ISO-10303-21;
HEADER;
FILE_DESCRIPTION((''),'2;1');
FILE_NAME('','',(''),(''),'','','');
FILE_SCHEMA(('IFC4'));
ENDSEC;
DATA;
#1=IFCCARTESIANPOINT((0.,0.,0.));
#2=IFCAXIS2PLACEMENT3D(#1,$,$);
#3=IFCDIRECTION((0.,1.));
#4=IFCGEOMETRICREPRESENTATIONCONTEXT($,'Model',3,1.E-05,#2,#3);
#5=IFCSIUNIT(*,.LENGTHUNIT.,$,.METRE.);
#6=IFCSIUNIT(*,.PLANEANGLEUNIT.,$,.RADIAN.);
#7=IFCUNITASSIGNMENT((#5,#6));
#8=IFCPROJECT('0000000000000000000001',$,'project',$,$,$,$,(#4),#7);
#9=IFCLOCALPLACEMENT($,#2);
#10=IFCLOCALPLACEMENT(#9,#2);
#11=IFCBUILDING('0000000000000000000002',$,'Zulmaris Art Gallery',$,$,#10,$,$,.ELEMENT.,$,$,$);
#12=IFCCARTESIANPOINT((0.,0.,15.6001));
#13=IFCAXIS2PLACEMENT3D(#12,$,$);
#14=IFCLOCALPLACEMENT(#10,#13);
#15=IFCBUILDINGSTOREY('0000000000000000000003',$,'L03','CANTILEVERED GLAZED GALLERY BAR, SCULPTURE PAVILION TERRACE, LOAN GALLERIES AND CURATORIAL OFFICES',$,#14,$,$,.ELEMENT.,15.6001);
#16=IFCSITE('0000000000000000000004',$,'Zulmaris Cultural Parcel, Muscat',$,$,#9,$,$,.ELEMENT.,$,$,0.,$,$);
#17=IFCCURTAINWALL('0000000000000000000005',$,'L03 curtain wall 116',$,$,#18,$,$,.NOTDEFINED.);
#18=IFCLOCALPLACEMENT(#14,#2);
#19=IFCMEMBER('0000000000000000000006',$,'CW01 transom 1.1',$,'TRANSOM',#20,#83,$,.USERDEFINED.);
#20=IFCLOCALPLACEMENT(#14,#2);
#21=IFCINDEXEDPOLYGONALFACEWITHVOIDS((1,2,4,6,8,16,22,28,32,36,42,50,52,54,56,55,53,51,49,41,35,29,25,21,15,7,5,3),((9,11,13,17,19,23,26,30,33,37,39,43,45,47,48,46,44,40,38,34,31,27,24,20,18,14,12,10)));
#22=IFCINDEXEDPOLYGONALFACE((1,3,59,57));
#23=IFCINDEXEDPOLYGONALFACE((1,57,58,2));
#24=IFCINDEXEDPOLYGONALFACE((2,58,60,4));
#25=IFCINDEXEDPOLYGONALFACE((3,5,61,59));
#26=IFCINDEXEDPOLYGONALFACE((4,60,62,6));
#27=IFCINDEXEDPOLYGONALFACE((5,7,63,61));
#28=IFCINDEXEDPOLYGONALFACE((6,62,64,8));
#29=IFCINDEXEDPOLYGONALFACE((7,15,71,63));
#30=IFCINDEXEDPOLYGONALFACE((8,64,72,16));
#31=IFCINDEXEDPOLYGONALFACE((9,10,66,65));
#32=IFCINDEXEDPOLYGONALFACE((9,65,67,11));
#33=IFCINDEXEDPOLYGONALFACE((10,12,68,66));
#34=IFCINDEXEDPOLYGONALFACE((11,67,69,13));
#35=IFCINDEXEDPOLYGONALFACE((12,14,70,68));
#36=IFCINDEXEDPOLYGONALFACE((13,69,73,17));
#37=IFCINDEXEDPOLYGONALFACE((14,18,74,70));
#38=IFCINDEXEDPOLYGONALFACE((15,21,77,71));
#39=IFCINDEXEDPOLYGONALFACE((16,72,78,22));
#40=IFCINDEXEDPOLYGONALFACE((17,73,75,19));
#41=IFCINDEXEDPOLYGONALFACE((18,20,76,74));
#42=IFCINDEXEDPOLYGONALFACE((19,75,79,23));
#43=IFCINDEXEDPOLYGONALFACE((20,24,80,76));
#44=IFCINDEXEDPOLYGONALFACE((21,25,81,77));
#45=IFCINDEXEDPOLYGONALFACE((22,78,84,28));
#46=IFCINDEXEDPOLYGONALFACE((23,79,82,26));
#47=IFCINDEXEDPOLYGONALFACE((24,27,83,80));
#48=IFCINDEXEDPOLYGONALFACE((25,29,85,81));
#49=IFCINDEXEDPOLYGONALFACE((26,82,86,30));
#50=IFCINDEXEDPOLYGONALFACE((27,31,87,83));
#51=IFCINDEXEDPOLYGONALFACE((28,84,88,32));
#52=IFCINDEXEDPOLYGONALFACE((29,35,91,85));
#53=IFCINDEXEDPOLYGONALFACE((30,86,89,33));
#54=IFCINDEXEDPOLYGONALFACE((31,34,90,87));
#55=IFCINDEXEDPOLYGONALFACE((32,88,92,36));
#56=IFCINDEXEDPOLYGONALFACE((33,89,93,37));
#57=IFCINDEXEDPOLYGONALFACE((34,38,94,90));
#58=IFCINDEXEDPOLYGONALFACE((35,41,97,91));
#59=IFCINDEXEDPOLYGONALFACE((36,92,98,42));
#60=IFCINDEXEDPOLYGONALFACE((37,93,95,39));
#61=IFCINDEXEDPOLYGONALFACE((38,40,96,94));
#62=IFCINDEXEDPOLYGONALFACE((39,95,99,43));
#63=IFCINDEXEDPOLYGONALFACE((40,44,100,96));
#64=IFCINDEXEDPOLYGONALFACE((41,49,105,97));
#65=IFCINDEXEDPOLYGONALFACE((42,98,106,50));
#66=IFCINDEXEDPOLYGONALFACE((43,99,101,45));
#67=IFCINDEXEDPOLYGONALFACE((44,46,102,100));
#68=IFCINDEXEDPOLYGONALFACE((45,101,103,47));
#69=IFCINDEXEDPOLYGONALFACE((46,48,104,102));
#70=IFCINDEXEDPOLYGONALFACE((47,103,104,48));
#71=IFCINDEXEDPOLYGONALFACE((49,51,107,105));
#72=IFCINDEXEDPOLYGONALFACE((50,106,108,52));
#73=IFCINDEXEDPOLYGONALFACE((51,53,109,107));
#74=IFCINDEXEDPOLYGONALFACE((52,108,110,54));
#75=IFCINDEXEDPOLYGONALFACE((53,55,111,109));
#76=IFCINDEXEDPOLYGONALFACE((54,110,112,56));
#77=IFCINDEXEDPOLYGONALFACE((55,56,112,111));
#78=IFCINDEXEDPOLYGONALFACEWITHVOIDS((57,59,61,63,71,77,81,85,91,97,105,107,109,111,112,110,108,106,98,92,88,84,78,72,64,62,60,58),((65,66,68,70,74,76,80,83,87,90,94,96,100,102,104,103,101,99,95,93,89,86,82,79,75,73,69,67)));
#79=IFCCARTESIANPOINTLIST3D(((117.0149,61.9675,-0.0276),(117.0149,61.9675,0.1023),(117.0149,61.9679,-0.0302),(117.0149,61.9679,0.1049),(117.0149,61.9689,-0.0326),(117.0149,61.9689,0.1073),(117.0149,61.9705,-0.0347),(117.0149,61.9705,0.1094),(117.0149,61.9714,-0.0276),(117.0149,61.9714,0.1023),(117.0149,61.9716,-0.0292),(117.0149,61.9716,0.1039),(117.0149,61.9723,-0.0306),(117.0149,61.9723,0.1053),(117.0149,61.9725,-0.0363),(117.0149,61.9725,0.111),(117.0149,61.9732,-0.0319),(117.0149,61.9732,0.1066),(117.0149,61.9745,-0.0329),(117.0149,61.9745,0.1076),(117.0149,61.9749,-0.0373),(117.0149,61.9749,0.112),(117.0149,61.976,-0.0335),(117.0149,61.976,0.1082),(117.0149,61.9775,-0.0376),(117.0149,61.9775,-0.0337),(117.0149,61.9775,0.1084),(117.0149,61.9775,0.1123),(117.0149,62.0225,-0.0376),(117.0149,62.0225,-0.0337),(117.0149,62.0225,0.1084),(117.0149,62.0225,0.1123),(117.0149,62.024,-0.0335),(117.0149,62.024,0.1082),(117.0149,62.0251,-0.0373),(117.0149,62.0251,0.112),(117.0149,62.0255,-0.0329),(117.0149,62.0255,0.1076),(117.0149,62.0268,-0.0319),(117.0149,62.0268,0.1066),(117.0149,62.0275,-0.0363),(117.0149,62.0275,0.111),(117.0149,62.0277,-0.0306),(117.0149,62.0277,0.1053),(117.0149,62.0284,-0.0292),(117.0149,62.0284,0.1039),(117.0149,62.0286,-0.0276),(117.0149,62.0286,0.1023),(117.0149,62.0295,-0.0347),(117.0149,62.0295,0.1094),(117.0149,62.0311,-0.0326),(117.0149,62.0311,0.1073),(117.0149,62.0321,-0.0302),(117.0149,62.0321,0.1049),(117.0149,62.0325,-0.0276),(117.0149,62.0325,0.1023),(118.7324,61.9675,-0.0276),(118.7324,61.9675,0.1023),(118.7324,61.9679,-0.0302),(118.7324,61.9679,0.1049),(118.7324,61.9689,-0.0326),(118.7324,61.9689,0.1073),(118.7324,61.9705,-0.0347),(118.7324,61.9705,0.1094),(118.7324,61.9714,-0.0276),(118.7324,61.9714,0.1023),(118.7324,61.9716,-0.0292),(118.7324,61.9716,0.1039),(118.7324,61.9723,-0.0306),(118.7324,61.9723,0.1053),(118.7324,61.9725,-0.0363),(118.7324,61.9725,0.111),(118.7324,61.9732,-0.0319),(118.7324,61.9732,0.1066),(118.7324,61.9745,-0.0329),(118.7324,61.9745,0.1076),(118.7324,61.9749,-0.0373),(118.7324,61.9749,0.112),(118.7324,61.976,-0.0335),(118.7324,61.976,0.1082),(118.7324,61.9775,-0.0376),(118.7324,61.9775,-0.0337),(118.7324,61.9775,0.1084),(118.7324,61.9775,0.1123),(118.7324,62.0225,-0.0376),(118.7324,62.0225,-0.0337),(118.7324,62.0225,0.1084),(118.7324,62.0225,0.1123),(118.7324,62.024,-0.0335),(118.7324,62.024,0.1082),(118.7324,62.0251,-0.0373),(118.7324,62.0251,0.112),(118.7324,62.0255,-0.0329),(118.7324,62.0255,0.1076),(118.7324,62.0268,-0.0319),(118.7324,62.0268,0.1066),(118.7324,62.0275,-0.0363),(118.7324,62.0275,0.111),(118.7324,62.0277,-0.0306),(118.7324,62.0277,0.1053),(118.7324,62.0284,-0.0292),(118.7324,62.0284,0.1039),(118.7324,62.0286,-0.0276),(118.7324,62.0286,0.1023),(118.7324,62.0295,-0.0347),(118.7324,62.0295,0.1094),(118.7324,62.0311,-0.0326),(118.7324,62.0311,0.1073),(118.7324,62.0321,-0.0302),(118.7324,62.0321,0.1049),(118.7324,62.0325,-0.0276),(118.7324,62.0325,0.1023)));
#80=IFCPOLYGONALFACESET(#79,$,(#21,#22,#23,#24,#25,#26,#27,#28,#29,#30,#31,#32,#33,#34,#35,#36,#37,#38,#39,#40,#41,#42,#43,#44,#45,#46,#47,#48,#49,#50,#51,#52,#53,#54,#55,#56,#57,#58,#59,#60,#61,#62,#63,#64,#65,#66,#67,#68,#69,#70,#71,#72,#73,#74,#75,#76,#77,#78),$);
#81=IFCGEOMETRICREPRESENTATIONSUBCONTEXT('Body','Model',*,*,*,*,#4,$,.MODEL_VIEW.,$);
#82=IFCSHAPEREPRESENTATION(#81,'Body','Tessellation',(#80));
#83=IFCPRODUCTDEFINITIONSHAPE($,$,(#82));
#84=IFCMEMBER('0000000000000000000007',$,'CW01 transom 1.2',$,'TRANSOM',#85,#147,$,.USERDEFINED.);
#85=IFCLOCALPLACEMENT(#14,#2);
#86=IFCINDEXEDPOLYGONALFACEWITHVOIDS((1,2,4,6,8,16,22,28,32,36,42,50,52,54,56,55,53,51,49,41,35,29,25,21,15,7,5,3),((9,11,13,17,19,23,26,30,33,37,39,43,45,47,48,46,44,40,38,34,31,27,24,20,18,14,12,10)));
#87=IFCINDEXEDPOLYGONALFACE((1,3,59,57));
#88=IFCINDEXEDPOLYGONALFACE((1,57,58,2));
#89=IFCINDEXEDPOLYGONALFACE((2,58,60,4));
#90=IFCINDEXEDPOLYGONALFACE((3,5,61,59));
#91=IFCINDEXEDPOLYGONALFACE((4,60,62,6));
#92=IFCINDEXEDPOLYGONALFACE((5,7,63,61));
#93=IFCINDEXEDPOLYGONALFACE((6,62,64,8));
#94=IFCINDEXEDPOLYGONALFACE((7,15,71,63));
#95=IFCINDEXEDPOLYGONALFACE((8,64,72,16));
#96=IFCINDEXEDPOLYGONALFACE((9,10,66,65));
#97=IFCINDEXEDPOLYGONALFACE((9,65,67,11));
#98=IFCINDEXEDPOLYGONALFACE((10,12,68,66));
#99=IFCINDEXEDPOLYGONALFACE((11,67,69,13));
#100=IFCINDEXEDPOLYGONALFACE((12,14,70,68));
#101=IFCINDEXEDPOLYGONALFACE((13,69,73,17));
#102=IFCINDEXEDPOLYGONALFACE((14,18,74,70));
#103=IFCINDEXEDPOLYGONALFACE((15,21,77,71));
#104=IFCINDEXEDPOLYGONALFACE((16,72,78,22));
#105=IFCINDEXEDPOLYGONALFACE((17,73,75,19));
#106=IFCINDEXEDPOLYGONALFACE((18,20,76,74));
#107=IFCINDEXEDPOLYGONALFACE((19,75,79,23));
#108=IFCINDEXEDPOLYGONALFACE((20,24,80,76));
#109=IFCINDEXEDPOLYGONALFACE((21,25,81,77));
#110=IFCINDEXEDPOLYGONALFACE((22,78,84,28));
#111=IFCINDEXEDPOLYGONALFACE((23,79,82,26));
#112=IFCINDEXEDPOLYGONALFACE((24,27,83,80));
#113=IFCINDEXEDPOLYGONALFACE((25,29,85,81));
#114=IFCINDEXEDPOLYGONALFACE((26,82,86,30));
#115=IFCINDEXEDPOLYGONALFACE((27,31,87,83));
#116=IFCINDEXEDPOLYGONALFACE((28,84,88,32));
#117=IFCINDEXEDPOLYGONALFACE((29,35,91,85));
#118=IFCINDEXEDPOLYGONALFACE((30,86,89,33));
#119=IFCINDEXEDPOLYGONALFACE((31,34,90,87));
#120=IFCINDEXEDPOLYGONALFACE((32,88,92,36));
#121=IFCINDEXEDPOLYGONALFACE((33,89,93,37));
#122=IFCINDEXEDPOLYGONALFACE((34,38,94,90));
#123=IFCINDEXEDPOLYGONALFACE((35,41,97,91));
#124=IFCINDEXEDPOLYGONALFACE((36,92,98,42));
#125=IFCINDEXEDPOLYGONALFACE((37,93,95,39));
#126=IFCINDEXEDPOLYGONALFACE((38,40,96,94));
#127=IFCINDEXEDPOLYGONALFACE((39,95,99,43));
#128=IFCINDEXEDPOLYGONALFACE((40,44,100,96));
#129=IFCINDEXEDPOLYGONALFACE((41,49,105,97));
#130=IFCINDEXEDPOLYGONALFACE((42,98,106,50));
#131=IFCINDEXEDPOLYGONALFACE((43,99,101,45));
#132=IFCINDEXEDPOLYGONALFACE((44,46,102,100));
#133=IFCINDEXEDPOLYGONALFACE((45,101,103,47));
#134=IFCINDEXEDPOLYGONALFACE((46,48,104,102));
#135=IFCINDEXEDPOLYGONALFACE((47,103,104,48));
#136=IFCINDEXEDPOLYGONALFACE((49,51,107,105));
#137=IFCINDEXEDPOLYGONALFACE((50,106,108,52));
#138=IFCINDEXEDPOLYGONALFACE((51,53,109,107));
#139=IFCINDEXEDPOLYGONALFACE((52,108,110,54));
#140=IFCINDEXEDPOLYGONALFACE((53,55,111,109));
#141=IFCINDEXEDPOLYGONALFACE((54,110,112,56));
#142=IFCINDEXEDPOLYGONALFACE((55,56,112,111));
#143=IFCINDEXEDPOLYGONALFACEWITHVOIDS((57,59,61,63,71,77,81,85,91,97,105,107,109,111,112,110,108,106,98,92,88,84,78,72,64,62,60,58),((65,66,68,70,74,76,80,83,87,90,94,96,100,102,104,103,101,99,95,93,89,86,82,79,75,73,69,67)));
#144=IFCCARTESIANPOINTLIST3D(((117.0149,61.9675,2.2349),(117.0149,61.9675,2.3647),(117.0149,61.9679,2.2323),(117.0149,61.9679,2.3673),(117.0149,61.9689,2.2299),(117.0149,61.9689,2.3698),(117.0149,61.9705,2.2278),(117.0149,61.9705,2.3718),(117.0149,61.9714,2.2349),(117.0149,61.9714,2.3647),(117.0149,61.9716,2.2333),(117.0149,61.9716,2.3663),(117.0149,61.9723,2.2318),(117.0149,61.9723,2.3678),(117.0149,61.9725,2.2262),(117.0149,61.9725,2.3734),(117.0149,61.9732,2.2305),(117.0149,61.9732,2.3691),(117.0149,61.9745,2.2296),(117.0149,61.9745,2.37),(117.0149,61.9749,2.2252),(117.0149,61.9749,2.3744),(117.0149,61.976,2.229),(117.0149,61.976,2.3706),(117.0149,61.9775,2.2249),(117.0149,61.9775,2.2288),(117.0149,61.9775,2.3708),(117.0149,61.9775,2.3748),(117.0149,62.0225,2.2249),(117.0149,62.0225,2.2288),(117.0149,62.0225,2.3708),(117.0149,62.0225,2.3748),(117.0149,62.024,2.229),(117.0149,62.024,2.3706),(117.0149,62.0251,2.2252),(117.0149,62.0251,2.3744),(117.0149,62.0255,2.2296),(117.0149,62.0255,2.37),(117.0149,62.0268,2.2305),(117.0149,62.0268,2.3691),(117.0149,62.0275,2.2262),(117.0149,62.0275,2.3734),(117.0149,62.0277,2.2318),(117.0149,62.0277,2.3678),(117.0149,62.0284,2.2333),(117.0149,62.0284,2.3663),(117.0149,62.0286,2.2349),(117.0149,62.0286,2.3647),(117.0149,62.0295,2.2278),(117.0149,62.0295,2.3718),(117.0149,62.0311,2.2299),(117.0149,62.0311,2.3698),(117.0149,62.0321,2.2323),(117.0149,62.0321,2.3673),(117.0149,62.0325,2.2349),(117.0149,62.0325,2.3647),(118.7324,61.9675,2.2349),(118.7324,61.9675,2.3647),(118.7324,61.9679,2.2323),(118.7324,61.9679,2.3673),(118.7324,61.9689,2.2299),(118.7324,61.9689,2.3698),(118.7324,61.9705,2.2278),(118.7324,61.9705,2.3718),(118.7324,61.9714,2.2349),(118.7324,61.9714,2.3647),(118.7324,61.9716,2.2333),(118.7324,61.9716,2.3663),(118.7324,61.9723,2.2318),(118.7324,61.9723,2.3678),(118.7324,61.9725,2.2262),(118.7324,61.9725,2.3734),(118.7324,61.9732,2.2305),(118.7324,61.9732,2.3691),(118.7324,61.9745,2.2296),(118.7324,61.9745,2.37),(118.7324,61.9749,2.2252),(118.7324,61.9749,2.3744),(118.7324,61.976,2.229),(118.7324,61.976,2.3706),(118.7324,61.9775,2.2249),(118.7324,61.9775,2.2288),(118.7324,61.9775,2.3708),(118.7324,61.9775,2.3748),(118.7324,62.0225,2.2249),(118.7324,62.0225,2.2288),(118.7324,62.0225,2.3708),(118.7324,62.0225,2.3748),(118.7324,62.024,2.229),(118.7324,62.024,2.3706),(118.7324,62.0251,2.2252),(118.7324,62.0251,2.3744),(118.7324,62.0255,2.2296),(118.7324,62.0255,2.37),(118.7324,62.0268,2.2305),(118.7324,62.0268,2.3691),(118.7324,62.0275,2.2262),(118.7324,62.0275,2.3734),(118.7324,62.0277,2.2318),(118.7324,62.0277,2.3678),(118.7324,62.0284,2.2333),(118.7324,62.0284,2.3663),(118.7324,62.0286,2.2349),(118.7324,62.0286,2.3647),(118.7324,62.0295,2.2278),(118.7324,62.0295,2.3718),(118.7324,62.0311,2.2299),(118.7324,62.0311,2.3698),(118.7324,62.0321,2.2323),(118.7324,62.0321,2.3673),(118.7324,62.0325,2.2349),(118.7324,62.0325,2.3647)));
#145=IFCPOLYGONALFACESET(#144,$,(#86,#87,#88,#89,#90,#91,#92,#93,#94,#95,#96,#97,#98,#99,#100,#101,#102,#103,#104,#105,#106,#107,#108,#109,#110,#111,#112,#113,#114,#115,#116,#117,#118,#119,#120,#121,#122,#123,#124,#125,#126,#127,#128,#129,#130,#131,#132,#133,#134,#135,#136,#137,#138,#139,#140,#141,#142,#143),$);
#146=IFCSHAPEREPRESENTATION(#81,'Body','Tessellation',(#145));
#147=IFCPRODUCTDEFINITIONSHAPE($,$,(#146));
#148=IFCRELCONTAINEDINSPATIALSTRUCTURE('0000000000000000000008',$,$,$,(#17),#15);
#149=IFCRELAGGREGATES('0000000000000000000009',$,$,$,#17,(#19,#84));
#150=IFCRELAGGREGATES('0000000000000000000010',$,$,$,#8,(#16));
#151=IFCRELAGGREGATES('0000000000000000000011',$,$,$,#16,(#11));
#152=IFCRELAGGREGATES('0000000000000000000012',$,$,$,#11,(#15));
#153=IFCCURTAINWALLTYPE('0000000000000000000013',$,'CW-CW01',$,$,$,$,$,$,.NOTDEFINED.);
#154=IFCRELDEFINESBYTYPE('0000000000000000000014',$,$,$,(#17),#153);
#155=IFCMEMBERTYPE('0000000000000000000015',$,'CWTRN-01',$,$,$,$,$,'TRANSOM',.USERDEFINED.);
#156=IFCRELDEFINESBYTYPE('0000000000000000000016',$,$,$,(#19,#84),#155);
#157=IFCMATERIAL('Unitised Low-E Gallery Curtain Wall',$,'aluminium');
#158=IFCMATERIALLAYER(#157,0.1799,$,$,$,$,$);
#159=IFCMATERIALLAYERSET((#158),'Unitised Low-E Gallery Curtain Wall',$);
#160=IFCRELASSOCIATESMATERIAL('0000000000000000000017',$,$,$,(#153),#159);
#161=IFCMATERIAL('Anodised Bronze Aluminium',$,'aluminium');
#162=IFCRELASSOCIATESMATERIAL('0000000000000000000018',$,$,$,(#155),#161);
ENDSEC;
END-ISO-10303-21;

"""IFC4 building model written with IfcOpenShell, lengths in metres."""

from ifc_helpers import new_model, si_unit, direction, frame, origin, origin_2d, place, context, subcontext, project, spatial, hollow_rectangle, extrude, material, layer, layer_set, material_profile, profile_set, type_object, element, aggregate, save


model = new_model("IFC4")

# Units and contexts
model_context = context("Model", 3, precision=1e-05, world=origin(), true_north=direction((0.0, 1.0)))
body_context = subcontext(model_context, "Body", "Model", "MODEL_VIEW")
ifc_project = project(units=[si_unit("LENGTHUNIT", "METRE"), si_unit("PLANEANGLEUNIT", "RADIAN")], contexts=[model_context])

# Site, building, storey
site_placement = place(None, origin())
site = spatial("IfcSite", under=ifc_project, at=site_placement, Name="Zulmaris Cultural Parcel, Muscat", CompositionType="ELEMENT", RefElevation=0.0)
building_placement = place(site_placement, origin())
building = spatial("IfcBuilding", under=site, at=building_placement, Name="Zulmaris Art Gallery", CompositionType="ELEMENT")
storey_placement = place(building_placement, frame((0.0, 0.0, 15.6001)))
storey = spatial("IfcBuildingStorey", under=building, at=storey_placement, Name="L03", Description="CANTILEVERED GLAZED GALLERY BAR, SCULPTURE PAVILION TERRACE, LOAN GALLERIES AND CURATORIAL OFFICES", CompositionType="ELEMENT", Elevation=15.6001)

# Curtain wall
ifc_material_1 = material(Name="Unitised Low-E Gallery Curtain Wall", Category="aluminium")
ifc_layer_1 = layer(ifc_material_1, 0.1799)
ifc_layer_set_1 = layer_set([ifc_layer_1], Name="Unitised Low-E Gallery Curtain Wall")
curtain_wall_type = type_object("IfcCurtainWallType", Name="CW-CW01", PredefinedType="NOTDEFINED", material=ifc_layer_set_1)
ifc_material_2 = material(Name="Anodised Bronze Aluminium", Category="aluminium")
curtain_wall_1_placement = place(storey_placement, origin())
curtain_wall_1 = element("IfcCurtainWall", 1, at=curtain_wall_1_placement, inside=storey, type_object=curtain_wall_type, Name="L03 curtain wall 116", PredefinedType="NOTDEFINED")

# Members
ifc_material_profile_1 = material_profile(ifc_material_2, hollow_rectangle(XDim=0.0649, YDim=0.1499, WallThickness=0.0039, InnerFilletRadius=0.0061, OuterFilletRadius=0.01, at=origin_2d()), Name="ALU 65x150x4")
ifc_profile_set_1 = profile_set([ifc_material_profile_1], Name="Anodised Bronze Aluminium")
member_type_1 = type_object("IfcMemberType", Name="CWTRN-01", ElementType="TRANSOM", PredefinedType="USERDEFINED", material=ifc_profile_set_1)
member_1_placement = place(storey_placement, frame((117.0149, 62.0, 0.0374), z_axis=(1.0, 0.0, 0.0), x_axis=(0.0, 1.0, 0.0)))
member_1 = element("IfcMember", 2, at=member_1_placement, type_object=member_type_1, Name="CW01 transom 1.1", ObjectType="TRANSOM", PredefinedType="USERDEFINED", context=body_context, shape_type="SweptSolid", body=[
    extrude(hollow_rectangle(XDim=0.0649, YDim=0.1499, WallThickness=0.0039, InnerFilletRadius=0.0061, OuterFilletRadius=0.01, at=origin_2d()), origin(), (0.0, 0.0, 1.0), 1.7175),
])
member_2_placement = place(storey_placement, frame((117.0149, 62.0, 2.2998), z_axis=(1.0, 0.0, 0.0), x_axis=(0.0, 1.0, 0.0)))
member_2 = element("IfcMember", 3, at=member_2_placement, type_object=member_type_1, Name="CW01 transom 1.2", ObjectType="TRANSOM", PredefinedType="USERDEFINED", context=body_context, shape_type="SweptSolid", body=[
    extrude(hollow_rectangle(XDim=0.0649, YDim=0.1499, WallThickness=0.0039, InnerFilletRadius=0.0061, OuterFilletRadius=0.01, at=origin_2d()), origin(), (0.0, 0.0, 1.0), 1.7175),
])

aggregate(curtain_wall_1, [member_1, member_2])

save(model, "model.ifc")
